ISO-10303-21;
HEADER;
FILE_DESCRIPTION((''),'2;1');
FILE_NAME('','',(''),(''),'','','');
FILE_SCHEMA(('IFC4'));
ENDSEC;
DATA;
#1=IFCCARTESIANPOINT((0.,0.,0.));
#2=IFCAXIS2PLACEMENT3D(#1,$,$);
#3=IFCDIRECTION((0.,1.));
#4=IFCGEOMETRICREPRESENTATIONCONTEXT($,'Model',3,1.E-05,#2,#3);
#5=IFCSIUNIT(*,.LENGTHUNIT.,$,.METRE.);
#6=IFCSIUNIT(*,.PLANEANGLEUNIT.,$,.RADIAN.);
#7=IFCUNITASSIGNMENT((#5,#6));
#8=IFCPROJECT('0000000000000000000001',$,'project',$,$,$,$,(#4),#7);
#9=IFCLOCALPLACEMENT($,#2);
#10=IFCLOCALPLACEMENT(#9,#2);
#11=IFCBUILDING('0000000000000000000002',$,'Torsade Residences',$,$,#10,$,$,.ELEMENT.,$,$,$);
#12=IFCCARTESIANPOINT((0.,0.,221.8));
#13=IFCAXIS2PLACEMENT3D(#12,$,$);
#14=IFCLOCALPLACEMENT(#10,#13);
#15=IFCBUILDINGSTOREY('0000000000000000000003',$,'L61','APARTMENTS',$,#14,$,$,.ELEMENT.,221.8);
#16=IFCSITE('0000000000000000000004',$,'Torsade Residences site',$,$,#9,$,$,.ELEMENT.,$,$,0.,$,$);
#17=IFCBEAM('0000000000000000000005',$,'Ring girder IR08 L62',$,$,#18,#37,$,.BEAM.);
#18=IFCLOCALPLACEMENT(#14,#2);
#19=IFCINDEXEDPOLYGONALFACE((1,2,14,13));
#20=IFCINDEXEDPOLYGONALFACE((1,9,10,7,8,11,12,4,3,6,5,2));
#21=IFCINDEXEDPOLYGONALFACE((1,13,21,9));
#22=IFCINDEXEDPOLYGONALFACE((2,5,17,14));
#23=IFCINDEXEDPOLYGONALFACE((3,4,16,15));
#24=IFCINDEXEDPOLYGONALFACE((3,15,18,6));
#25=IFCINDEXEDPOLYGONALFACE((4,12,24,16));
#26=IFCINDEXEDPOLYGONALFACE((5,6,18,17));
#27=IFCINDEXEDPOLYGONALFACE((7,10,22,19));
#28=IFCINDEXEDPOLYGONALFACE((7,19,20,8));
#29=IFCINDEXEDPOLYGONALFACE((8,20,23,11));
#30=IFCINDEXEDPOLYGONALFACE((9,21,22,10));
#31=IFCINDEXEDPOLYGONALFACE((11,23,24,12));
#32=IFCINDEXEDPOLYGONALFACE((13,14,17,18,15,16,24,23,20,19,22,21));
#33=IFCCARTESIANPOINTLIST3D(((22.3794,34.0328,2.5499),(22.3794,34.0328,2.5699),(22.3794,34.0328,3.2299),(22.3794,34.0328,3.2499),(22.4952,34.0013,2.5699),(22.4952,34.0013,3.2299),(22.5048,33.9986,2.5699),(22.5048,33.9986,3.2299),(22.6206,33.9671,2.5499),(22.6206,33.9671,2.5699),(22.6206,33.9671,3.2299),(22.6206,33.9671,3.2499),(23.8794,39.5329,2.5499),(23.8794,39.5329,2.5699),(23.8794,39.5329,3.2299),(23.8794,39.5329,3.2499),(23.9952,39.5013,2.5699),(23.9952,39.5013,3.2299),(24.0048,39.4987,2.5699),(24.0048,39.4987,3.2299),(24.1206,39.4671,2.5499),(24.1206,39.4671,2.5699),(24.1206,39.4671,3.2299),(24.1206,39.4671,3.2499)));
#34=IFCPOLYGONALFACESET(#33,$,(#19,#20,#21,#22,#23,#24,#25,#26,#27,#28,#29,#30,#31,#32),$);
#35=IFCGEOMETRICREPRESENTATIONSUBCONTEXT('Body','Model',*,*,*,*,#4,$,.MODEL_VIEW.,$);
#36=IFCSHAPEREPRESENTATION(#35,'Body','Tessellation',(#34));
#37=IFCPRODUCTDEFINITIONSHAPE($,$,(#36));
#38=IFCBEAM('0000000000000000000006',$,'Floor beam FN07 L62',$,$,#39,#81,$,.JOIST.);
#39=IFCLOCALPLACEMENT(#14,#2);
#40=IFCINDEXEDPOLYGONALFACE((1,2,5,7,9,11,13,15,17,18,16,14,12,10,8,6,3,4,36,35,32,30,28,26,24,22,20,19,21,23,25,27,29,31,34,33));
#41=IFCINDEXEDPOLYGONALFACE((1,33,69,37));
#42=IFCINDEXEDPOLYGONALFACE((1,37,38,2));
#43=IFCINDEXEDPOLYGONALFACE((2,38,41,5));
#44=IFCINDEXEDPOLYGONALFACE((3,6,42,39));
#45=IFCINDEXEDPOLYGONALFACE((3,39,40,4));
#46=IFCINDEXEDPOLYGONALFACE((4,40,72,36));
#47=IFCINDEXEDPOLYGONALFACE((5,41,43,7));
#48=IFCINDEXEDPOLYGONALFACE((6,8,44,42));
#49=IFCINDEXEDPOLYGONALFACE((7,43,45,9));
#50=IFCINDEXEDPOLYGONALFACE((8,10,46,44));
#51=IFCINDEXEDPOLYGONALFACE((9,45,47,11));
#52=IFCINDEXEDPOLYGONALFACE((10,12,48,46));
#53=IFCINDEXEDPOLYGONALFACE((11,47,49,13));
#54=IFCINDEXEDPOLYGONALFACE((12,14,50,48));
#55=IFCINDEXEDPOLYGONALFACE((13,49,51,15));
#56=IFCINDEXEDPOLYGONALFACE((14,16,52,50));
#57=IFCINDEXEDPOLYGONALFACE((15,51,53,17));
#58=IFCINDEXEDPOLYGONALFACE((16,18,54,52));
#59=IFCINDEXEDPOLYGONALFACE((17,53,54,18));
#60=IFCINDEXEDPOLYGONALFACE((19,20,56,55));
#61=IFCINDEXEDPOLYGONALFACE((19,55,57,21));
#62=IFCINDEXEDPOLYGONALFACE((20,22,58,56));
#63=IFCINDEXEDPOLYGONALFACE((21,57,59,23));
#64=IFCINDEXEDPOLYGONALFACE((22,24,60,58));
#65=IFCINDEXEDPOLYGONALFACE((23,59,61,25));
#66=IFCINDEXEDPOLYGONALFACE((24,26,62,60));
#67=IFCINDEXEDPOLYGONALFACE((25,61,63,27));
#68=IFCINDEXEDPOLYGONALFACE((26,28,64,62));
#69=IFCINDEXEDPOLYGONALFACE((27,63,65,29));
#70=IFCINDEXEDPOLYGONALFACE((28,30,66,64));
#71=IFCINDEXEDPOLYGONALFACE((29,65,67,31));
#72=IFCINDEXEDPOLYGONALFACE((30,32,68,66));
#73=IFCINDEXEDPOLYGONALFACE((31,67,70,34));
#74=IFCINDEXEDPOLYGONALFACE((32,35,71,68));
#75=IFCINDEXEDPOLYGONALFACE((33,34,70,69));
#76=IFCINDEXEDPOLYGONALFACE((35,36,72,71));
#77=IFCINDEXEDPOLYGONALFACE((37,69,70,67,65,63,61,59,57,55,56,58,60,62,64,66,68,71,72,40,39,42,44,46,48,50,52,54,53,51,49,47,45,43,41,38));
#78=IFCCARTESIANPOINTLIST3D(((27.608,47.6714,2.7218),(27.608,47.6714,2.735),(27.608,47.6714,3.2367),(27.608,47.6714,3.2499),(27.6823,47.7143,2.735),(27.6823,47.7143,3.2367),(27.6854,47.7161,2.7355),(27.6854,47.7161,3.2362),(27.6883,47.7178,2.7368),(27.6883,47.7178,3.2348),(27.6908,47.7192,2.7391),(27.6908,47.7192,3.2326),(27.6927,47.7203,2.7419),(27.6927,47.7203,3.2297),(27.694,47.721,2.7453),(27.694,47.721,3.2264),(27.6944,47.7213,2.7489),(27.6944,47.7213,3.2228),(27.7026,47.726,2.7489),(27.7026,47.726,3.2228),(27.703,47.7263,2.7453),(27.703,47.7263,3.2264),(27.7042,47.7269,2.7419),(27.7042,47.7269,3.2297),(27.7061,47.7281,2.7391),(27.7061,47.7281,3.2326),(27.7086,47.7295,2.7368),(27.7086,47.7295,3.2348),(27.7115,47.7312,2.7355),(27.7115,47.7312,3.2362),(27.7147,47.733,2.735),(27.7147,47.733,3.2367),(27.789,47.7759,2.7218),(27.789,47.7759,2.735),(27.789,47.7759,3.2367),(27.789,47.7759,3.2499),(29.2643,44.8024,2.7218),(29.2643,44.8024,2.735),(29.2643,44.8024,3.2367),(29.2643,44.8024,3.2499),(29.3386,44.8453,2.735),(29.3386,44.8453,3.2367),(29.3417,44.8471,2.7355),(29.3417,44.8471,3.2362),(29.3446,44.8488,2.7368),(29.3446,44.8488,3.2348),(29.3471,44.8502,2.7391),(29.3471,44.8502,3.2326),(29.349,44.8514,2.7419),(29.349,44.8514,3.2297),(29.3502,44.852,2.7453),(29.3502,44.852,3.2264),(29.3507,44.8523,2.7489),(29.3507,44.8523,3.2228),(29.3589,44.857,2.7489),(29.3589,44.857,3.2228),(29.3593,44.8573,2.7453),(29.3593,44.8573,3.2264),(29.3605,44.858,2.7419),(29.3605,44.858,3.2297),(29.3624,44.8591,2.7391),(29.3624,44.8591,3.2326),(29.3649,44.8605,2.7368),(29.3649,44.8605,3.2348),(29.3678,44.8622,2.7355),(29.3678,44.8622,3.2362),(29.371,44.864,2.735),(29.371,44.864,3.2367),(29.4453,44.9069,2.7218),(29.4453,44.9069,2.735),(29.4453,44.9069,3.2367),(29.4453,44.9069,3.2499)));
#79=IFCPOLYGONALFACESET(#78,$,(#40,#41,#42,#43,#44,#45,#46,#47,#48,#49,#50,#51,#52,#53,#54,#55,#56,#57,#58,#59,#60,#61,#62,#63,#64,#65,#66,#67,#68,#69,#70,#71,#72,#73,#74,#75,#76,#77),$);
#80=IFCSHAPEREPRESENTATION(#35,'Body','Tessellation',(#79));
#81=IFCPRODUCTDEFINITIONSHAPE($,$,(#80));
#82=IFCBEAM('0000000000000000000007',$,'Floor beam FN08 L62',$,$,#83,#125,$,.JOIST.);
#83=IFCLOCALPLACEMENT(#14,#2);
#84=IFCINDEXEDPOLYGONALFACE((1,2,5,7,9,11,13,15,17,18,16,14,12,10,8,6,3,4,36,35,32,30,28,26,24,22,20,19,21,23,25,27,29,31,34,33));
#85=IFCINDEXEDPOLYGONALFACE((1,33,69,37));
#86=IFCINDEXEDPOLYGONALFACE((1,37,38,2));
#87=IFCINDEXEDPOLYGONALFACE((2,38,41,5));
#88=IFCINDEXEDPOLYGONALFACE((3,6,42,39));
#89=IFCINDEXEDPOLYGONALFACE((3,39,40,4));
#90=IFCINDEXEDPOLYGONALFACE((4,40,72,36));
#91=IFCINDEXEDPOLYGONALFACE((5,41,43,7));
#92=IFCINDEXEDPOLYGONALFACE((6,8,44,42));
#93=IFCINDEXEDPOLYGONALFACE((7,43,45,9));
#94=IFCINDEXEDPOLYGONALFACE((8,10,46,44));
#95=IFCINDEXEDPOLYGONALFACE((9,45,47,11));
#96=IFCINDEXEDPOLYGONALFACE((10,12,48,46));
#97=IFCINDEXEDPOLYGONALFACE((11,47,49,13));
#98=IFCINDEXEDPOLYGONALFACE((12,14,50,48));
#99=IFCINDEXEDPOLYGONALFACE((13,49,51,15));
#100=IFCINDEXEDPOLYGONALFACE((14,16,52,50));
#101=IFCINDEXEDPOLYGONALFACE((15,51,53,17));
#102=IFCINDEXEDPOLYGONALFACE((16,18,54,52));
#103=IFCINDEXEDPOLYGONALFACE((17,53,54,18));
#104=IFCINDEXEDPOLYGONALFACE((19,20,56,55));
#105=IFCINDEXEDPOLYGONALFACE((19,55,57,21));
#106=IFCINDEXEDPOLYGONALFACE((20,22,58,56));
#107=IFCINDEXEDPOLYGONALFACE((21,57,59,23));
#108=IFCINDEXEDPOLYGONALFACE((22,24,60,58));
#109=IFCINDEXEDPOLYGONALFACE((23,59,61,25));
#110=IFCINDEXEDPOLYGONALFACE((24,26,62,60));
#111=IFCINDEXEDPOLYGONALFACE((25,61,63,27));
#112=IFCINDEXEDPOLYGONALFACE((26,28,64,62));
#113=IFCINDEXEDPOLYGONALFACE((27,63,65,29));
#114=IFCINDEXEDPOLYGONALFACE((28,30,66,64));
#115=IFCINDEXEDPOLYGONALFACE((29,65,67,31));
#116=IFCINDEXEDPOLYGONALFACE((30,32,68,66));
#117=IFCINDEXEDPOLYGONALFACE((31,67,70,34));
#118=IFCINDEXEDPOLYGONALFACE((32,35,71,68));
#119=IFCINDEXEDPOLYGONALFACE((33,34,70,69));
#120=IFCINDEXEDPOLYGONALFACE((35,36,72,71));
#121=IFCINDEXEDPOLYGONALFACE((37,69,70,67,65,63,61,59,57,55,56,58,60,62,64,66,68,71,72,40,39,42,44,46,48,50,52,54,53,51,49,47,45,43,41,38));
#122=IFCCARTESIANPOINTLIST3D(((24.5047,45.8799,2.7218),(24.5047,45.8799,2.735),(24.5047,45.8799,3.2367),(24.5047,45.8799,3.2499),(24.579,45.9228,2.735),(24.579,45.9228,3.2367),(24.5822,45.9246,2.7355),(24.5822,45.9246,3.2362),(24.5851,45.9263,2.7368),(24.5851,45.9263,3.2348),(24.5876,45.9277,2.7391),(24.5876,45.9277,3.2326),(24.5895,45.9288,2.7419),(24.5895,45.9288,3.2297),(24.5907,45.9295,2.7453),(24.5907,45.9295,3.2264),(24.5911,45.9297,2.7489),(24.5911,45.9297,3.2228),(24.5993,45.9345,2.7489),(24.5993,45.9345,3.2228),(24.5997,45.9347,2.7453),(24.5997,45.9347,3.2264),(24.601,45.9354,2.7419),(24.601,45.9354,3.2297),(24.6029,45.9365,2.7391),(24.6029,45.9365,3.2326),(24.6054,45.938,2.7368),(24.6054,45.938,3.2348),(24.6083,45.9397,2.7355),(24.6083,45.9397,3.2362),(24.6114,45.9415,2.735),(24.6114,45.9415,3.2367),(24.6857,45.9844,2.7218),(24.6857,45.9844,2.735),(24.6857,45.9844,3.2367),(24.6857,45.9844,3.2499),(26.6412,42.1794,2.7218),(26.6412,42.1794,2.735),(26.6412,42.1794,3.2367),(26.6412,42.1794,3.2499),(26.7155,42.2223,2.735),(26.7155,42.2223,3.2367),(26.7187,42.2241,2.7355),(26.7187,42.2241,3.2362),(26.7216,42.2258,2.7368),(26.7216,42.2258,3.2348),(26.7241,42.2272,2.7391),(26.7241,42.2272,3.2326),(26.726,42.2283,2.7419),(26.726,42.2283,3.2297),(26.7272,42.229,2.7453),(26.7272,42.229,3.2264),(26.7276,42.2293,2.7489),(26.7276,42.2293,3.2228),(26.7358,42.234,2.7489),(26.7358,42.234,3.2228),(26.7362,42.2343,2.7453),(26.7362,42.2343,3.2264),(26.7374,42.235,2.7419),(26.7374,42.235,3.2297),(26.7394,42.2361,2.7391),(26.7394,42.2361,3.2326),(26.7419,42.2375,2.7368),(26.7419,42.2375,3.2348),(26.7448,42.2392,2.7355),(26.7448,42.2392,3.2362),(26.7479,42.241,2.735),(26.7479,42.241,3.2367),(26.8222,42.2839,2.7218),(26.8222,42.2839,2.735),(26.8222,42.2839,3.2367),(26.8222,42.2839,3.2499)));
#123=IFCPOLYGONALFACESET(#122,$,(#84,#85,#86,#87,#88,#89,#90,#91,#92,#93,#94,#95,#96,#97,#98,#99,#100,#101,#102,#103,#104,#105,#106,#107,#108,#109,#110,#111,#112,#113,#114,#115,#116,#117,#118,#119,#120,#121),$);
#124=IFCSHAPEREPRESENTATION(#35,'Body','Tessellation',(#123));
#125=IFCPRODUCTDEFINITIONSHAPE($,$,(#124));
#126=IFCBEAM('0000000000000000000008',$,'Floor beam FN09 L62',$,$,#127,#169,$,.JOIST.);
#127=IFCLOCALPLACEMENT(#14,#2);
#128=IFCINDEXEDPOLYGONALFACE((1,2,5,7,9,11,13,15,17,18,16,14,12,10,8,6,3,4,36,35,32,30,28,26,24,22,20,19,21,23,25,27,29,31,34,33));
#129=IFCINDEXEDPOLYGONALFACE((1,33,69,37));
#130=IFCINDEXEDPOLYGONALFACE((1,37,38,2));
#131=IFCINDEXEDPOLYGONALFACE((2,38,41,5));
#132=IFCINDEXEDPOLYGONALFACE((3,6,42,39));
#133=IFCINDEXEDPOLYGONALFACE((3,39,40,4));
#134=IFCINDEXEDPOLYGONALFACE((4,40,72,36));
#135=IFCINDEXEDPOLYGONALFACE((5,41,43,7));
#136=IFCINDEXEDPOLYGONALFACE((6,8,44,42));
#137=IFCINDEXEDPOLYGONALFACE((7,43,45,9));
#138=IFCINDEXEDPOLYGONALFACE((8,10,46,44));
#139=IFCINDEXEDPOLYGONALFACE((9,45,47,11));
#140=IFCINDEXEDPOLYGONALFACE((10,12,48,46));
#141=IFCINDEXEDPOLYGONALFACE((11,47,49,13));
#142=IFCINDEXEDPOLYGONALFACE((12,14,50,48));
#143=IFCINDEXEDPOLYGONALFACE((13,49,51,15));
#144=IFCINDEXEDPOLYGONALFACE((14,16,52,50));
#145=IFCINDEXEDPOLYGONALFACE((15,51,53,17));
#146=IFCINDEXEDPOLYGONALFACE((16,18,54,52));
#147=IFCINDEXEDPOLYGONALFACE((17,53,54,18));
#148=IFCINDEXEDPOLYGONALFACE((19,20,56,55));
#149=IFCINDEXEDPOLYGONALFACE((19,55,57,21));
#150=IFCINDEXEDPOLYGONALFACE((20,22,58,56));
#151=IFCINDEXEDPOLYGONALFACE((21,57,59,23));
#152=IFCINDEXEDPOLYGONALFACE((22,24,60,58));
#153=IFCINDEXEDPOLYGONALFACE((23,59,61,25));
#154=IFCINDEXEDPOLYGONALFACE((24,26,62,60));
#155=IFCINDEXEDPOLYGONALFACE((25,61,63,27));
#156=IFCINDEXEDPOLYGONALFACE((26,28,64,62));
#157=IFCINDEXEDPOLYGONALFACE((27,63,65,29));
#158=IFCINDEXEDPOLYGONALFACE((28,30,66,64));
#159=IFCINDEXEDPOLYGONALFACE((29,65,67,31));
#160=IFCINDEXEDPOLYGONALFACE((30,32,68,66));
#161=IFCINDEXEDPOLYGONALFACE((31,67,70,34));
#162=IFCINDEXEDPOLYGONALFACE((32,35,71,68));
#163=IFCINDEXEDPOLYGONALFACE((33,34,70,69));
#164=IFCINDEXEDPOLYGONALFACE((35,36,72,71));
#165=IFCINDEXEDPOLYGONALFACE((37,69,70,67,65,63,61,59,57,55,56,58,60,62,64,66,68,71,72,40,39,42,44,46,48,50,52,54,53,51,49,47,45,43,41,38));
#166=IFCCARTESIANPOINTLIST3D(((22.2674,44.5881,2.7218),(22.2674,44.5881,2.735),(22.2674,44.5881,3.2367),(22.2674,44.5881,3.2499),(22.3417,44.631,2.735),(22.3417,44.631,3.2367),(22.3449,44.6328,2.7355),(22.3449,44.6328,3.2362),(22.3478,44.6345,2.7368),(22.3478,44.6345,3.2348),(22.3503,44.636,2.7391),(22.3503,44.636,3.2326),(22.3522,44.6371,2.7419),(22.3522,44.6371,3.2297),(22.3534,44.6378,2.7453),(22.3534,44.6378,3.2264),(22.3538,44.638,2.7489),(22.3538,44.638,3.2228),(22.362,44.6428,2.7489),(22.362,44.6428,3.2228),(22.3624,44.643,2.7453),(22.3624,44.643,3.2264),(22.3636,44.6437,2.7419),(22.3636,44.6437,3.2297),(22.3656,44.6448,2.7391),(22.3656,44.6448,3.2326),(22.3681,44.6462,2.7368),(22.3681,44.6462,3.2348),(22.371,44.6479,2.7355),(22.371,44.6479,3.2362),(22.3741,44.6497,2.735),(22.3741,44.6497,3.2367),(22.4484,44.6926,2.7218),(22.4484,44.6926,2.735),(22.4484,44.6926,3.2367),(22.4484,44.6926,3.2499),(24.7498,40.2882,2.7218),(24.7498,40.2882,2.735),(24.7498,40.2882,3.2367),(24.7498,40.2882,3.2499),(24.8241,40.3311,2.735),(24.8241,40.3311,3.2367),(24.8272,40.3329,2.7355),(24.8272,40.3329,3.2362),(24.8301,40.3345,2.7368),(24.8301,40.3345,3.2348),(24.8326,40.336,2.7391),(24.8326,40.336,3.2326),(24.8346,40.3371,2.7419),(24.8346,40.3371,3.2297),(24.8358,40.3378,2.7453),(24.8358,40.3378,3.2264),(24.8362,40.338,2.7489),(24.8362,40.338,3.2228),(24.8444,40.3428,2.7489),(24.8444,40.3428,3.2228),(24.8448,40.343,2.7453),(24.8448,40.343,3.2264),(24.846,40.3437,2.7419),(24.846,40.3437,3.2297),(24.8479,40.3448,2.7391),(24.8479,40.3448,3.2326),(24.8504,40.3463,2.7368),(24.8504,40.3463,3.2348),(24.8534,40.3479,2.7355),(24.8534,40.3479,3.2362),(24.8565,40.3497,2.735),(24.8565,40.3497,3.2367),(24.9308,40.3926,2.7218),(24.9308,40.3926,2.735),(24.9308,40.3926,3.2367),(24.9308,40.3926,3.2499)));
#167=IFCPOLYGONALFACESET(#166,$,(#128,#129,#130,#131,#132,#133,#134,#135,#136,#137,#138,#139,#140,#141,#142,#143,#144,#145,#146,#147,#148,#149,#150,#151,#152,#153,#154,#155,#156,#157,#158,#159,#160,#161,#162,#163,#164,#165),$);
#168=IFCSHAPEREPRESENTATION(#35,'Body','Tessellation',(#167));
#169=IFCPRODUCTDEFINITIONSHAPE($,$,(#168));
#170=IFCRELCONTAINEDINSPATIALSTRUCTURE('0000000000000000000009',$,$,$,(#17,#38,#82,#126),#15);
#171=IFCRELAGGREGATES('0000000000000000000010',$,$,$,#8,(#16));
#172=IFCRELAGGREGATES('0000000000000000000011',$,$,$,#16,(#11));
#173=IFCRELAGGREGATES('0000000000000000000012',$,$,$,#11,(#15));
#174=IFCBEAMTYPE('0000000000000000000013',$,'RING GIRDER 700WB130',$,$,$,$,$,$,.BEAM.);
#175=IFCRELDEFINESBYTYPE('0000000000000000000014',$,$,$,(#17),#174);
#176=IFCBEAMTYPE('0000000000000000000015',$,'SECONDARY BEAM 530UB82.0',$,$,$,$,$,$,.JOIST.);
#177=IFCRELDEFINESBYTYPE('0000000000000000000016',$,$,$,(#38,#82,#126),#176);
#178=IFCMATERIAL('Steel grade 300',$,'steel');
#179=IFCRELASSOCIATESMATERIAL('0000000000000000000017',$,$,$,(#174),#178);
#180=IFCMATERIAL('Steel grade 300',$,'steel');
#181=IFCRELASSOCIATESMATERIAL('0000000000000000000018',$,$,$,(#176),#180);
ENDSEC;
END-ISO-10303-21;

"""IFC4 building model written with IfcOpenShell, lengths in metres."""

from ifc_helpers import new_model, si_unit, direction, frame, origin, origin_2d, place, context, subcontext, project, spatial, i_section, extrude, material, material_profile, profile_set, type_object, element, save


model = new_model("IFC4")

# Units and contexts
model_context = context("Model", 3, precision=1e-05, world=origin(), true_north=direction((0.0, 1.0)))
body_context = subcontext(model_context, "Body", "Model", "MODEL_VIEW")
ifc_project = project(units=[si_unit("LENGTHUNIT", "METRE"), si_unit("PLANEANGLEUNIT", "RADIAN")], contexts=[model_context])

# Site, building, storey
site_placement = place(None, origin())
site = spatial("IfcSite", under=ifc_project, at=site_placement, Name="Torsade Residences site", CompositionType="ELEMENT", RefElevation=0.0)
building_placement = place(site_placement, origin())
building = spatial("IfcBuilding", under=site, at=building_placement, Name="Torsade Residences", CompositionType="ELEMENT")
storey_placement = place(building_placement, frame((0.0, 0.0, 221.8)))
storey = spatial("IfcBuildingStorey", under=building, at=storey_placement, Name="L61", Description="APARTMENTS", CompositionType="ELEMENT", Elevation=221.8)

# Beams
ifc_material_1 = material(Name="Steel grade 300", Category="steel")
ifc_material_profile_1 = material_profile(ifc_material_1, i_section(OverallWidth=0.25, OverallDepth=0.7, WebThickness=0.01, FlangeThickness=0.02, at=origin_2d()), Name="700WB130")
ifc_profile_set_1 = profile_set([ifc_material_profile_1], Name="Steel grade 300")
beam_type_1 = type_object("IfcBeamType", Name="RING GIRDER 700WB130", PredefinedType="BEAM", material=ifc_profile_set_1)
beam_1_placement = place(storey_placement, frame((24.0, 39.5, 2.8999), z_axis=(-0.263117, -0.964764, 0.0), x_axis=(0.964764, -0.263117, 0.0)))
element("IfcBeam", 1, at=beam_1_placement, inside=storey, type_object=beam_type_1, Name="Ring girder IR08 L62", PredefinedType="BEAM", context=body_context, shape_type="SweptSolid", body=[
    extrude(i_section(OverallWidth=0.25, OverallDepth=0.7, WebThickness=0.01, FlangeThickness=0.02, at=origin_2d()), origin(), (0.0, 0.0, 1.0), 5.7009),
])
ifc_material_2 = material(Name="Steel grade 300", Category="steel")
ifc_material_profile_2 = material_profile(ifc_material_2, i_section(OverallWidth=0.209, OverallDepth=0.5281, WebThickness=0.0095, FlangeThickness=0.0132, FilletRadius=0.0139, at=origin_2d()), Name="530UB82.0")
ifc_profile_set_2 = profile_set([ifc_material_profile_2], Name="Steel grade 300")
beam_type_2 = type_object("IfcBeamType", Name="SECONDARY BEAM 530UB82.0", PredefinedType="JOIST", material=ifc_profile_set_2)
beam_2_placement = place(storey_placement, frame((27.6985, 47.7236, 2.9858), z_axis=(0.499976, -0.86604, 0.0), x_axis=(0.86604, 0.499976, 0.0)))
element("IfcBeam", 2, at=beam_2_placement, inside=storey, type_object=beam_type_2, Name="Floor beam FN07 L62", PredefinedType="JOIST", context=body_context, shape_type="SweptSolid", body=[
    extrude(i_section(OverallWidth=0.209, OverallDepth=0.5281, WebThickness=0.0095, FlangeThickness=0.0132, FilletRadius=0.0139, at=origin_2d()), origin(), (0.0, 0.0, 1.0), 3.3127),
])
beam_3_placement = place(storey_placement, frame((24.5952, 45.9321, 2.9858), z_axis=(0.500004, -0.866023, 0.0), x_axis=(0.866023, 0.500004, 0.0)))
element("IfcBeam", 3, at=beam_3_placement, inside=storey, type_object=beam_type_2, Name="Floor beam FN08 L62", PredefinedType="JOIST", context=body_context, shape_type="SweptSolid", body=[
    extrude(i_section(OverallWidth=0.209, OverallDepth=0.5281, WebThickness=0.0095, FlangeThickness=0.0132, FilletRadius=0.0139, at=origin_2d()), origin(), (0.0, 0.0, 1.0), 4.2729),
])
beam_4_placement = place(storey_placement, frame((22.3579, 44.6404, 2.9858), z_axis=(0.499968, -0.866044, 0.0), x_axis=(0.866044, 0.499968, 0.0)))
element("IfcBeam", 4, at=beam_4_placement, inside=storey, type_object=beam_type_2, Name="Floor beam FN09 L62", PredefinedType="JOIST", context=body_context, shape_type="SweptSolid", body=[
    extrude(i_section(OverallWidth=0.209, OverallDepth=0.5281, WebThickness=0.0095, FlangeThickness=0.0132, FilletRadius=0.0139, at=origin_2d()), origin(), (0.0, 0.0, 1.0), 4.9651),
])

save(model, "model.ifc")
